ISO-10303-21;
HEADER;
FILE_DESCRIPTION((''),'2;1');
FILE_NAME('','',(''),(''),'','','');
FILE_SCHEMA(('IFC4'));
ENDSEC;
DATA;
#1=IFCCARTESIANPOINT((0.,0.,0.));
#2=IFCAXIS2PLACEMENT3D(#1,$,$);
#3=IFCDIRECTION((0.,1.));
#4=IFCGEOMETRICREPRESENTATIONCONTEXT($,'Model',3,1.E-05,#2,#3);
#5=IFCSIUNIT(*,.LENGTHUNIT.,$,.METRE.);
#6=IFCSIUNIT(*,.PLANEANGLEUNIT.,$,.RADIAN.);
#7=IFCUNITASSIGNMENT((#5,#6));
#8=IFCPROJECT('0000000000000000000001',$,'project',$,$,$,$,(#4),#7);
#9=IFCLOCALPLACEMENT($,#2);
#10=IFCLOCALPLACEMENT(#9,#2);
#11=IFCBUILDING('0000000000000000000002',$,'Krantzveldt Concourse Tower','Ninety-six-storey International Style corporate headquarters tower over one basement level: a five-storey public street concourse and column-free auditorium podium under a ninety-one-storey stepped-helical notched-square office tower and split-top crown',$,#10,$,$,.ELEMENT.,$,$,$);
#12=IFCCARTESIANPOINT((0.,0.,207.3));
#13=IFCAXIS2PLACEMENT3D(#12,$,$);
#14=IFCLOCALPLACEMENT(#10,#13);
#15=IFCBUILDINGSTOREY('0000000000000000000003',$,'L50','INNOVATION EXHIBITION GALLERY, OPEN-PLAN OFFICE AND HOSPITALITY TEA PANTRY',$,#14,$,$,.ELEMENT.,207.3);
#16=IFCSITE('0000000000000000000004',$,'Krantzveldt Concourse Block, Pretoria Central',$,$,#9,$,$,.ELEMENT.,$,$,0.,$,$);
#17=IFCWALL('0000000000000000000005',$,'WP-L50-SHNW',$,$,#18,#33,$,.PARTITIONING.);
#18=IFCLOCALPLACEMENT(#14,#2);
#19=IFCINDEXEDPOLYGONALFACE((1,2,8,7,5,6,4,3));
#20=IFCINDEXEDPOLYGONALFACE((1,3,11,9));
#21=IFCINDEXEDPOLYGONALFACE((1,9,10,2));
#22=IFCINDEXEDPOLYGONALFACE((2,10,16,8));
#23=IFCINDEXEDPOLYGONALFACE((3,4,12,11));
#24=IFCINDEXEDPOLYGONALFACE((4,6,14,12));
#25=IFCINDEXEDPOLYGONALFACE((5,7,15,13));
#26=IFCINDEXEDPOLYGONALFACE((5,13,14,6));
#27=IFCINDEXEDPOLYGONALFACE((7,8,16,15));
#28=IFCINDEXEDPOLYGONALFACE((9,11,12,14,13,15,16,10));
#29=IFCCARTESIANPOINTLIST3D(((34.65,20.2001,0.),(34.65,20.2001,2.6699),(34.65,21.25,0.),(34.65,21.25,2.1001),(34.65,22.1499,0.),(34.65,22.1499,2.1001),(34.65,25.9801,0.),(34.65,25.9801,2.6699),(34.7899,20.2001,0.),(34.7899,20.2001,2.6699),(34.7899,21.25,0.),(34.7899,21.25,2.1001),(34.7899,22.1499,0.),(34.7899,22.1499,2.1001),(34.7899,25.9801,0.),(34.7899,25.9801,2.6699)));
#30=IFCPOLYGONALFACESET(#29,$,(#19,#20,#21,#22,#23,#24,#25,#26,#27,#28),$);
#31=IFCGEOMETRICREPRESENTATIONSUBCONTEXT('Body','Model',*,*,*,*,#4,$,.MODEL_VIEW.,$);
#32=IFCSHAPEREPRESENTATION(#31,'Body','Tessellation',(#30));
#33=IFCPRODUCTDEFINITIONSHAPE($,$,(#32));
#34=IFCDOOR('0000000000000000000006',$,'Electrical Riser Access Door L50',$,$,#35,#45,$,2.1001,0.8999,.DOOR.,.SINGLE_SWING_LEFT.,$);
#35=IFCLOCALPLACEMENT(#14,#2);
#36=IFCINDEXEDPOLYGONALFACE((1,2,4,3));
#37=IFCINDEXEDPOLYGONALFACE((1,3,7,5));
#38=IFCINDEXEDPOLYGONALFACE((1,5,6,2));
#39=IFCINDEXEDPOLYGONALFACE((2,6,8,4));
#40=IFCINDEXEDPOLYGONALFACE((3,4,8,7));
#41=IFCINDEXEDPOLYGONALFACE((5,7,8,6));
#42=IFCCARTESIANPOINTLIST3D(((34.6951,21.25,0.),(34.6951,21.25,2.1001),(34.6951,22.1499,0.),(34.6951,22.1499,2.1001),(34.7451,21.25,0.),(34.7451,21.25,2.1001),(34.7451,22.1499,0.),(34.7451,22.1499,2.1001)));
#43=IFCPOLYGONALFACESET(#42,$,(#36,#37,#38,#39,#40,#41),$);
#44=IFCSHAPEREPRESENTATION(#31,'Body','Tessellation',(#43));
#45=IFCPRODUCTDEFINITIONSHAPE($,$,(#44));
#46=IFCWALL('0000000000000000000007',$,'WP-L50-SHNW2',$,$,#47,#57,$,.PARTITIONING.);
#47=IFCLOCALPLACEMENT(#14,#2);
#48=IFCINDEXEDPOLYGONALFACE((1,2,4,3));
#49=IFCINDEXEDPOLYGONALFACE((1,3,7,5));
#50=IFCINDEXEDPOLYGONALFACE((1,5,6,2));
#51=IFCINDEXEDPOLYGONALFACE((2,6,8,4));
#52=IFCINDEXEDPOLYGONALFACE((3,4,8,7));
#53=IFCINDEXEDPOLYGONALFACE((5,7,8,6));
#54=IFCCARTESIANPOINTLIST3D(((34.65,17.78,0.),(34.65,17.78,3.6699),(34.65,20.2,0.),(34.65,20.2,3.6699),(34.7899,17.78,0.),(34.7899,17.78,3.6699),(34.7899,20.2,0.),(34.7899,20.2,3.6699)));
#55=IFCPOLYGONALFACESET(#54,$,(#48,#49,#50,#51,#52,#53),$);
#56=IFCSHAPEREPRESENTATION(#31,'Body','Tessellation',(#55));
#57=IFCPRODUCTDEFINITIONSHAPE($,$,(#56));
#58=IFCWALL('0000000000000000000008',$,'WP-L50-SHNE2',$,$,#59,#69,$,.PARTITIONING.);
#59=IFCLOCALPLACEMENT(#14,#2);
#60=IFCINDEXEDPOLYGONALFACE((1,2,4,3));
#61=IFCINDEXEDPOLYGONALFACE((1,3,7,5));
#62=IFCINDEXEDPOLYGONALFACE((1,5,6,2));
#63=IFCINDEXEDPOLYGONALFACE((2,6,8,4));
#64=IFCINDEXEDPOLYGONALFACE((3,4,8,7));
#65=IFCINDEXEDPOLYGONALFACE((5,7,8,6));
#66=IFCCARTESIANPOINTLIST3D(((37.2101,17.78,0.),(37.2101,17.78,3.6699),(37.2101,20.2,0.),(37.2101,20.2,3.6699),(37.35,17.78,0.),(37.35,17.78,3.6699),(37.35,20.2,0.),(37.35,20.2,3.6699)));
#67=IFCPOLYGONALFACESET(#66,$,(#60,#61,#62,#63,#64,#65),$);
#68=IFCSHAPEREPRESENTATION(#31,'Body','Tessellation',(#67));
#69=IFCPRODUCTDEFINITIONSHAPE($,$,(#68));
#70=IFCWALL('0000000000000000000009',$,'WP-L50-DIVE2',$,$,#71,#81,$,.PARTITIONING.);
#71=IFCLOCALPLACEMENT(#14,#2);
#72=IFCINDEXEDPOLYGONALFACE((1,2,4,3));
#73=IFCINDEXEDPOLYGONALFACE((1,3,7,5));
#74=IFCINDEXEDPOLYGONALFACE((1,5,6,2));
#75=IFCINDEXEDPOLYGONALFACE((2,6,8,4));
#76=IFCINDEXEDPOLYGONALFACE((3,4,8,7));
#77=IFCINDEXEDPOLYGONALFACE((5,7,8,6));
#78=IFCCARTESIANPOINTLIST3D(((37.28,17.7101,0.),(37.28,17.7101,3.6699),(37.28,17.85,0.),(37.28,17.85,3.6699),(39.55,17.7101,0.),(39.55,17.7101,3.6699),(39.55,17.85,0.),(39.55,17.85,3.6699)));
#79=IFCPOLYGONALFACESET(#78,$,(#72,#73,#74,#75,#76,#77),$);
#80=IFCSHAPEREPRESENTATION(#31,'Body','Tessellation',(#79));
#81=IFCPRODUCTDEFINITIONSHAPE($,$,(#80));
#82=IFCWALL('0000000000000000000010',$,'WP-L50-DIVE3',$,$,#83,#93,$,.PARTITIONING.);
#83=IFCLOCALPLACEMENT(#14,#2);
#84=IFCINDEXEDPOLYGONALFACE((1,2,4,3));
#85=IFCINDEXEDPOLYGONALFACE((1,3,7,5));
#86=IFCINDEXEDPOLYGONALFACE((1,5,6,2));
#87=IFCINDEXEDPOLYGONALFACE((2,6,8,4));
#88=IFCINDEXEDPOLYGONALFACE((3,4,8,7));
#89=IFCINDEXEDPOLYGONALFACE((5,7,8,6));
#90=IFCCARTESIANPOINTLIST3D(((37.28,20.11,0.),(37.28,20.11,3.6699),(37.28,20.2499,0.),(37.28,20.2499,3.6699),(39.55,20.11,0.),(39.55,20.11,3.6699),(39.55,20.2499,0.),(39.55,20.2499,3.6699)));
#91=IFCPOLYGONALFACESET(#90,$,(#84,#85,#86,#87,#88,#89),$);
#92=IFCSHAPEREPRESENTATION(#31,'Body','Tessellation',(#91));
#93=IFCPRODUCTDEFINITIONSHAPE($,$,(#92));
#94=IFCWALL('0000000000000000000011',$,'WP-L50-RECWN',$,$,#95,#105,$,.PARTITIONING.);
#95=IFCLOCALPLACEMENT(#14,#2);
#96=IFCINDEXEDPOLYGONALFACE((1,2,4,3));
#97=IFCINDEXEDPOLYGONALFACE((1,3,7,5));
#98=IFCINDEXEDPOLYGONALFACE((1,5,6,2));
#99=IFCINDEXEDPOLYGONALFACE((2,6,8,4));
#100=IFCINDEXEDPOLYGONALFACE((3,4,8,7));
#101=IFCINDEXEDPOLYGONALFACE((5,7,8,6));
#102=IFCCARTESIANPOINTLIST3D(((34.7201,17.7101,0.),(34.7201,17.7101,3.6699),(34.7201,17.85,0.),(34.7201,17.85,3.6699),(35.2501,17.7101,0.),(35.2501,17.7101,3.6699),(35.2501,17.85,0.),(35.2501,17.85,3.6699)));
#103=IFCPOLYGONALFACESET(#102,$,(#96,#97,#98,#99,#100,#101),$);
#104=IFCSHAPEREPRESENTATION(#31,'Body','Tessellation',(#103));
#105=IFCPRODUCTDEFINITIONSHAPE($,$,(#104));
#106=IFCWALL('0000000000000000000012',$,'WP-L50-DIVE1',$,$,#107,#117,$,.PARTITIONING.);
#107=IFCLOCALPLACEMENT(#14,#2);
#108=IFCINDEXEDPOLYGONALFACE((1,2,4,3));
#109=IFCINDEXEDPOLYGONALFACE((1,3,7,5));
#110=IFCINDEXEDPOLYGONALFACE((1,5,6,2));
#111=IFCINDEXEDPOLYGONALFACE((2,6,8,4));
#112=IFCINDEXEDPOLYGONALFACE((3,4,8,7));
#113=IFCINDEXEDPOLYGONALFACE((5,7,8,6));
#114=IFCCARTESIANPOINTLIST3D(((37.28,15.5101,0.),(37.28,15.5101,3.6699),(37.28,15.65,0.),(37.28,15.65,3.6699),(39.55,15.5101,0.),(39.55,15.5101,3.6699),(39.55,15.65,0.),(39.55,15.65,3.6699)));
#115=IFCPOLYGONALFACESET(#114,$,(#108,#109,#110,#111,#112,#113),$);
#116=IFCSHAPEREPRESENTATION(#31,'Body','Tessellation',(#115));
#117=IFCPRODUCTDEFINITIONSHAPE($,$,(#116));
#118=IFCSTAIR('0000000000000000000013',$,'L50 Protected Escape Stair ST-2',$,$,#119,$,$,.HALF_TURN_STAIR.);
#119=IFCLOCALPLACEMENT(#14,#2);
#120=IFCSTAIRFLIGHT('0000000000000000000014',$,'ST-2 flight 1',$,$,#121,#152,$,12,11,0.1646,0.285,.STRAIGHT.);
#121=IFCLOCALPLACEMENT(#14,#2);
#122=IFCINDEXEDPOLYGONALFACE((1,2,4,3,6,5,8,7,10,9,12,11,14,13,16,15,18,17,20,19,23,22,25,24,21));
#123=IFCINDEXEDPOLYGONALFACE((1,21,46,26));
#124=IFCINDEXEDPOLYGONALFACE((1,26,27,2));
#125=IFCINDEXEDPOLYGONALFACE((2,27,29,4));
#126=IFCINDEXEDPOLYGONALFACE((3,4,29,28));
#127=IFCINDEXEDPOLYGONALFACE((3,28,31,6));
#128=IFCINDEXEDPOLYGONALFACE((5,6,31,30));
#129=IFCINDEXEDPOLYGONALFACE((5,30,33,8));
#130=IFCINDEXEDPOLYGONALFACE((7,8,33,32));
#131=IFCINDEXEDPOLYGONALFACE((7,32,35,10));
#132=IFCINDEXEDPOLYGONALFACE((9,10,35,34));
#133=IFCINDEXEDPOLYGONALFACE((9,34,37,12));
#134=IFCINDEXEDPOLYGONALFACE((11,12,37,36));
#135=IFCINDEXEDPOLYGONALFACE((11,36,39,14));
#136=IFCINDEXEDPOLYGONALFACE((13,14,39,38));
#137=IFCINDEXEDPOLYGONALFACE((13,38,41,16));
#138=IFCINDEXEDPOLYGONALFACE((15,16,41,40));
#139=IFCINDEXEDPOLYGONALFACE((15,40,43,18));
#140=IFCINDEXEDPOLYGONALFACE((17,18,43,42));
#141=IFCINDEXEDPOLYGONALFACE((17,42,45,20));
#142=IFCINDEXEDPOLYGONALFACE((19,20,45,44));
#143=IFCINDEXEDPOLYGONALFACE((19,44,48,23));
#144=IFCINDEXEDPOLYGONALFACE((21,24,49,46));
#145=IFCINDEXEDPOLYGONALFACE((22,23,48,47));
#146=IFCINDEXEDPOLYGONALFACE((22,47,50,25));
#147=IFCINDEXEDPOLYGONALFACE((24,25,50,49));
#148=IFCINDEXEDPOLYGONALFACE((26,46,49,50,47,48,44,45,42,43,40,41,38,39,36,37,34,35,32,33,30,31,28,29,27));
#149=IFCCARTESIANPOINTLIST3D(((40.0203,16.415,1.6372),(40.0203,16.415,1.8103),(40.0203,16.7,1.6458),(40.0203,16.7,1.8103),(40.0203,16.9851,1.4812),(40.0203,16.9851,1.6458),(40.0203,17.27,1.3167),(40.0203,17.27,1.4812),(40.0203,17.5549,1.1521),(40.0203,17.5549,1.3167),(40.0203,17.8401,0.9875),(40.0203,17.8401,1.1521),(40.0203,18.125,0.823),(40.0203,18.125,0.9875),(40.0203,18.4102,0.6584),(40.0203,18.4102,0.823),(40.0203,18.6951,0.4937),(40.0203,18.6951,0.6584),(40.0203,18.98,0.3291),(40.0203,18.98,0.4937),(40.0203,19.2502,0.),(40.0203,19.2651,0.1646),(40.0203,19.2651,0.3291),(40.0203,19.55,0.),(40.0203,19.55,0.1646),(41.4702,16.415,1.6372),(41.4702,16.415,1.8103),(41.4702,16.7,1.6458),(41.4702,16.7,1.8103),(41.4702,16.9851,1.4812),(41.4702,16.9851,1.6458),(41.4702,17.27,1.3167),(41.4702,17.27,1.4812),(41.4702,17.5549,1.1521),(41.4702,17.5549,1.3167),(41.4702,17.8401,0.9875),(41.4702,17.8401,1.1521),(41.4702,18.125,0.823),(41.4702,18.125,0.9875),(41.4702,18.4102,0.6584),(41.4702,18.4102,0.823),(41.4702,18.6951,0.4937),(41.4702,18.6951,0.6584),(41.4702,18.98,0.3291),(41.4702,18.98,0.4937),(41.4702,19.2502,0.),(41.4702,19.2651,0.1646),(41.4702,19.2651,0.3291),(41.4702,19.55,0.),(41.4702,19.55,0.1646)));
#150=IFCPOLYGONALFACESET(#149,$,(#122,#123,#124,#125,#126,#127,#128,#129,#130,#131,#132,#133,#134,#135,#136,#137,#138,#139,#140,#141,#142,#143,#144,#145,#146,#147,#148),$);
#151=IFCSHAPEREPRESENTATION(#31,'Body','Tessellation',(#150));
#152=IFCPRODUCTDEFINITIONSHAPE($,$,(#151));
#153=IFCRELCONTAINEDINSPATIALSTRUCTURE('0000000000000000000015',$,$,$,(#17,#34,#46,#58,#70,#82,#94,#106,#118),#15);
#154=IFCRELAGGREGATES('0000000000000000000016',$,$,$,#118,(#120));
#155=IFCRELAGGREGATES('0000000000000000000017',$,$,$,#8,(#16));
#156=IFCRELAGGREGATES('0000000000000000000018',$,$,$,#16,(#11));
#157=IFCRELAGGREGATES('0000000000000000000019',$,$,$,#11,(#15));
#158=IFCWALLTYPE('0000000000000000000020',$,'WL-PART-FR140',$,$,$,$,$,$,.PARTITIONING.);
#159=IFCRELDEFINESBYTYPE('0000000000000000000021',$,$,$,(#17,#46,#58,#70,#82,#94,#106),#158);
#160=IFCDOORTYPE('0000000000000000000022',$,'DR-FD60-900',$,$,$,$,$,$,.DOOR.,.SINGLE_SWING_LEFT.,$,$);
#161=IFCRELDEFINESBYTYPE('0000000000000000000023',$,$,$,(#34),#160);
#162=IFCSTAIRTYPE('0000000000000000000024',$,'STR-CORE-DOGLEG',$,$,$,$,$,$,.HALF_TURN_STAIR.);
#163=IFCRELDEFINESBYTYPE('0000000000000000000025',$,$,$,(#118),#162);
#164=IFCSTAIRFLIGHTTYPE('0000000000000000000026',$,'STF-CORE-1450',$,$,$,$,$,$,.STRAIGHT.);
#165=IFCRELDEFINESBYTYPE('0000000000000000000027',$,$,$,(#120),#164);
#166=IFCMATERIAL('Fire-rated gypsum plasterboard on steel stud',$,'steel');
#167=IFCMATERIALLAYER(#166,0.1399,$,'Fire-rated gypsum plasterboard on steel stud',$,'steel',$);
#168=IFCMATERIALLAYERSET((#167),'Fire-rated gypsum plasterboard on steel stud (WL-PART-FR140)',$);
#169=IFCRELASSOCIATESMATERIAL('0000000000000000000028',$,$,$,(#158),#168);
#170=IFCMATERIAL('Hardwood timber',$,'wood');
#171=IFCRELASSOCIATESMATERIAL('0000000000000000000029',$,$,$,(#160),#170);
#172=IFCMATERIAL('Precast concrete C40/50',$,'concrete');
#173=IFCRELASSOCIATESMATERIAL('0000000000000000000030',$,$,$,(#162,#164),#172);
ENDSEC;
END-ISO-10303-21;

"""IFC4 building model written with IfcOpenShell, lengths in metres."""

from ifc_helpers import new_model, si_unit, direction, frame, frame_2d, origin, place, context, subcontext, project, spatial, polyline, rectangle, outline, extrude, material, layer, layer_set, type_object, element, fill, aggregate, save


model = new_model("IFC4")

# Units and contexts
model_context = context("Model", 3, precision=1e-05, world=origin(), true_north=direction((0.0, 1.0)))
body_context = subcontext(model_context, "Body", "Model", "MODEL_VIEW")
ifc_project = project(units=[si_unit("LENGTHUNIT", "METRE"), si_unit("PLANEANGLEUNIT", "RADIAN")], contexts=[model_context])

# Site, building, storey
site_placement = place(None, origin())
site = spatial("IfcSite", under=ifc_project, at=site_placement, Name="Krantzveldt Concourse Block, Pretoria Central", CompositionType="ELEMENT", RefElevation=0.0)
building_placement = place(site_placement, origin())
building = spatial("IfcBuilding", under=site, at=building_placement, Name="Krantzveldt Concourse Tower", Description="Ninety-six-storey International Style corporate headquarters tower over one basement level: a five-storey public street concourse and column-free auditorium podium under a ninety-one-storey stepped-helical notched-square office tower and split-top crown", CompositionType="ELEMENT")
storey_placement = place(building_placement, frame((0.0, 0.0, 207.3)))
storey = spatial("IfcBuildingStorey", under=building, at=storey_placement, Name="L50", Description="INNOVATION EXHIBITION GALLERY, OPEN-PLAN OFFICE AND HOSPITALITY TEA PANTRY", CompositionType="ELEMENT", Elevation=207.3)

# Wall, opening, door
ifc_material_1 = material(Name="Fire-rated gypsum plasterboard on steel stud", Category="steel")
ifc_layer_1 = layer(ifc_material_1, 0.1399, Name="Fire-rated gypsum plasterboard on steel stud", Category="steel")
ifc_layer_set_1 = layer_set([ifc_layer_1], Name="Fire-rated gypsum plasterboard on steel stud (WL-PART-FR140)")
wall_type = type_object("IfcWallType", Name="WL-PART-FR140", PredefinedType="PARTITIONING", material=ifc_layer_set_1)
wall_1_placement = place(storey_placement, frame((34.72, 20.2, 0.0), z_axis=(0.0, 0.0, 1.0), x_axis=(0.0, 1.0, 0.0)))
wall_1 = element("IfcWall", 1, at=wall_1_placement, inside=storey, type_object=wall_type, Name="WP-L50-SHNW", PredefinedType="PARTITIONING", context=body_context, shape_type="SweptSolid", body=[
    extrude(rectangle(XDim=5.78, YDim=0.1399, at=frame_2d((2.8901, 0.0))), origin(), (0.0, 0.0, 1.0), 2.6699),
])
opening_1_placement = place(wall_1_placement, frame((1.05, 0.0, 0.0)))
opening_1 = element("IfcOpeningElement", 2, at=opening_1_placement, cuts=wall_1, PredefinedType="OPENING", context=body_context, shape_type="SweptSolid", body=[
    extrude(rectangle(XDim=0.8999, YDim=2.1001, at=frame_2d((0.45, 1.05))), frame((0.0, 0.0801, 0.0), z_axis=(0.0, -1.0, 0.0), x_axis=(1.0, 0.0, 0.0)), (0.0, 0.0, 1.0), 0.1599),
])
ifc_material_2 = material(Name="Hardwood timber", Category="wood")
door_type_1 = type_object("IfcDoorType", Name="DR-FD60-900", OperationType="SINGLE_SWING_LEFT", PredefinedType="DOOR", material=ifc_material_2)
door_1_placement = place(opening_1_placement, origin())
door_1 = element("IfcDoor", 3, at=door_1_placement, inside=storey, type_object=door_type_1, Name="Electrical Riser Access Door L50", OperationType="SINGLE_SWING_LEFT", OverallHeight=2.1001, OverallWidth=0.8999, PredefinedType="DOOR", context=body_context, shape_type="SweptSolid", body=[
    extrude(rectangle(XDim=0.8999, YDim=2.1001, at=frame_2d((0.45, 1.05))), frame((0.0, 0.0249, 0.0), z_axis=(0.0, -1.0, 0.0), x_axis=(1.0, 0.0, 0.0)), (0.0, 0.0, 1.0), 0.05),
])
fill(opening_1, door_1)

# Walls
for number, where, z_axis, x_axis, name in (
    (4, (34.72, 17.78, 0.0), (0.0, 0.0, 1.0), (0.0, 1.0, 0.0), "WP-L50-SHNW2"),
    (5, (37.28, 17.78, 0.0), (0.0, 0.0, 1.0), (0.0, 1.0, 0.0), "WP-L50-SHNE2"),
):
    element("IfcWall", number, at=place(storey_placement, frame(where, z_axis=z_axis, x_axis=x_axis)), inside=storey, type_object=wall_type, Name=name, PredefinedType="PARTITIONING", context=body_context, shape_type="SweptSolid", body=[
        extrude(rectangle(XDim=2.4199, YDim=0.1399, at=frame_2d((1.21, 0.0))), origin(), (0.0, 0.0, 1.0), 3.6699),
    ])
for number, where, z_axis, x_axis, name in (
    (6, (37.28, 17.78, 0.0), (0.0, 0.0, 1.0), (1.0, 0.0, 0.0), "WP-L50-DIVE2"),
    (7, (37.28, 20.1799, 0.0), (0.0, 0.0, 1.0), (1.0, 0.0, 0.0), "WP-L50-DIVE3"),
):
    element("IfcWall", number, at=place(storey_placement, frame(where, z_axis=z_axis, x_axis=x_axis)), inside=storey, type_object=wall_type, Name=name, PredefinedType="PARTITIONING", context=body_context, shape_type="SweptSolid", body=[
        extrude(rectangle(XDim=2.27, YDim=0.1399, at=frame_2d((1.135, 0.0))), origin(), (0.0, 0.0, 1.0), 3.6699),
    ])
wall_2_placement = place(storey_placement, frame((34.72, 17.78, 0.0), z_axis=(0.0, 0.0, 1.0), x_axis=(1.0, 0.0, 0.0)))
element("IfcWall", 8, at=wall_2_placement, inside=storey, type_object=wall_type, Name="WP-L50-RECWN", PredefinedType="PARTITIONING", context=body_context, shape_type="SweptSolid", body=[
    extrude(rectangle(XDim=0.53, YDim=0.1399, at=frame_2d((0.2651, 0.0))), origin(), (0.0, 0.0, 1.0), 3.6699),
])
wall_3_placement = place(storey_placement, frame((37.28, 15.5801, 0.0), z_axis=(0.0, 0.0, 1.0), x_axis=(1.0, 0.0, 0.0)))
element("IfcWall", 9, at=wall_3_placement, inside=storey, type_object=wall_type, Name="WP-L50-DIVE1", PredefinedType="PARTITIONING", context=body_context, shape_type="SweptSolid", body=[
    extrude(rectangle(XDim=2.27, YDim=0.1399, at=frame_2d((1.135, 0.0))), origin(), (0.0, 0.0, 1.0), 3.6699),
])

# Stair, stair flight
ifc_material_3 = material(Name="Precast concrete C40/50", Category="concrete")
stair_type = type_object("IfcStairType", Name="STR-CORE-DOGLEG", PredefinedType="HALF_TURN_STAIR", material=ifc_material_3)
stair_placement = place(storey_placement, origin())
stair = element("IfcStair", 10, at=stair_placement, inside=storey, type_object=stair_type, Name="L50 Protected Escape Stair ST-2", PredefinedType="HALF_TURN_STAIR")
stair_flight_type = type_object("IfcStairFlightType", Name="STF-CORE-1450", PredefinedType="STRAIGHT", material=ifc_material_3)
stair_flight_placement = place(storey_placement, frame((40.7451, 19.55, 0.0), z_axis=(0.0, 0.0, 1.0), x_axis=(0.0, -1.0, 0.0)))
stair_flight = element("IfcStairFlight", 11, at=stair_flight_placement, type_object=stair_flight_type, Name="ST-2 flight 1", NumberOfRisers=12, NumberOfTreads=11, PredefinedType="STRAIGHT", RiserHeight=0.1646, TreadLength=0.285, context=body_context, shape_type="SweptSolid", body=[
    extrude(outline(polyline([(0.0, 0.0), (0.0, 0.1646), (0.2849, 0.1646), (0.2849, 0.3291), (0.5701, 0.3291), (0.5701, 0.4937), (0.855, 0.4937), (0.855, 0.6584), (1.1399, 0.6584), (1.1399, 0.823), (1.425, 0.823), (1.425, 0.9875), (1.71, 0.9875), (1.71, 1.1521), (1.9951, 1.1521), (1.9951, 1.3167), (2.28, 1.3167), (2.28, 1.4812), (2.5649, 1.4812), (2.5649, 1.6458), (2.8501, 1.6458), (2.8501, 1.8103), (3.135, 1.8103), (3.135, 1.9751), (3.135, 1.6372), (0.2998, 0.0), (0.0, 0.0)])), frame((0.0, 0.7251, 0.0), z_axis=(0.0, -1.0, 0.0), x_axis=(1.0, 0.0, 0.0)), (0.0, 0.0, 1.0), 1.45),
])
aggregate(stair, [stair_flight])

save(model, "model.ifc")
